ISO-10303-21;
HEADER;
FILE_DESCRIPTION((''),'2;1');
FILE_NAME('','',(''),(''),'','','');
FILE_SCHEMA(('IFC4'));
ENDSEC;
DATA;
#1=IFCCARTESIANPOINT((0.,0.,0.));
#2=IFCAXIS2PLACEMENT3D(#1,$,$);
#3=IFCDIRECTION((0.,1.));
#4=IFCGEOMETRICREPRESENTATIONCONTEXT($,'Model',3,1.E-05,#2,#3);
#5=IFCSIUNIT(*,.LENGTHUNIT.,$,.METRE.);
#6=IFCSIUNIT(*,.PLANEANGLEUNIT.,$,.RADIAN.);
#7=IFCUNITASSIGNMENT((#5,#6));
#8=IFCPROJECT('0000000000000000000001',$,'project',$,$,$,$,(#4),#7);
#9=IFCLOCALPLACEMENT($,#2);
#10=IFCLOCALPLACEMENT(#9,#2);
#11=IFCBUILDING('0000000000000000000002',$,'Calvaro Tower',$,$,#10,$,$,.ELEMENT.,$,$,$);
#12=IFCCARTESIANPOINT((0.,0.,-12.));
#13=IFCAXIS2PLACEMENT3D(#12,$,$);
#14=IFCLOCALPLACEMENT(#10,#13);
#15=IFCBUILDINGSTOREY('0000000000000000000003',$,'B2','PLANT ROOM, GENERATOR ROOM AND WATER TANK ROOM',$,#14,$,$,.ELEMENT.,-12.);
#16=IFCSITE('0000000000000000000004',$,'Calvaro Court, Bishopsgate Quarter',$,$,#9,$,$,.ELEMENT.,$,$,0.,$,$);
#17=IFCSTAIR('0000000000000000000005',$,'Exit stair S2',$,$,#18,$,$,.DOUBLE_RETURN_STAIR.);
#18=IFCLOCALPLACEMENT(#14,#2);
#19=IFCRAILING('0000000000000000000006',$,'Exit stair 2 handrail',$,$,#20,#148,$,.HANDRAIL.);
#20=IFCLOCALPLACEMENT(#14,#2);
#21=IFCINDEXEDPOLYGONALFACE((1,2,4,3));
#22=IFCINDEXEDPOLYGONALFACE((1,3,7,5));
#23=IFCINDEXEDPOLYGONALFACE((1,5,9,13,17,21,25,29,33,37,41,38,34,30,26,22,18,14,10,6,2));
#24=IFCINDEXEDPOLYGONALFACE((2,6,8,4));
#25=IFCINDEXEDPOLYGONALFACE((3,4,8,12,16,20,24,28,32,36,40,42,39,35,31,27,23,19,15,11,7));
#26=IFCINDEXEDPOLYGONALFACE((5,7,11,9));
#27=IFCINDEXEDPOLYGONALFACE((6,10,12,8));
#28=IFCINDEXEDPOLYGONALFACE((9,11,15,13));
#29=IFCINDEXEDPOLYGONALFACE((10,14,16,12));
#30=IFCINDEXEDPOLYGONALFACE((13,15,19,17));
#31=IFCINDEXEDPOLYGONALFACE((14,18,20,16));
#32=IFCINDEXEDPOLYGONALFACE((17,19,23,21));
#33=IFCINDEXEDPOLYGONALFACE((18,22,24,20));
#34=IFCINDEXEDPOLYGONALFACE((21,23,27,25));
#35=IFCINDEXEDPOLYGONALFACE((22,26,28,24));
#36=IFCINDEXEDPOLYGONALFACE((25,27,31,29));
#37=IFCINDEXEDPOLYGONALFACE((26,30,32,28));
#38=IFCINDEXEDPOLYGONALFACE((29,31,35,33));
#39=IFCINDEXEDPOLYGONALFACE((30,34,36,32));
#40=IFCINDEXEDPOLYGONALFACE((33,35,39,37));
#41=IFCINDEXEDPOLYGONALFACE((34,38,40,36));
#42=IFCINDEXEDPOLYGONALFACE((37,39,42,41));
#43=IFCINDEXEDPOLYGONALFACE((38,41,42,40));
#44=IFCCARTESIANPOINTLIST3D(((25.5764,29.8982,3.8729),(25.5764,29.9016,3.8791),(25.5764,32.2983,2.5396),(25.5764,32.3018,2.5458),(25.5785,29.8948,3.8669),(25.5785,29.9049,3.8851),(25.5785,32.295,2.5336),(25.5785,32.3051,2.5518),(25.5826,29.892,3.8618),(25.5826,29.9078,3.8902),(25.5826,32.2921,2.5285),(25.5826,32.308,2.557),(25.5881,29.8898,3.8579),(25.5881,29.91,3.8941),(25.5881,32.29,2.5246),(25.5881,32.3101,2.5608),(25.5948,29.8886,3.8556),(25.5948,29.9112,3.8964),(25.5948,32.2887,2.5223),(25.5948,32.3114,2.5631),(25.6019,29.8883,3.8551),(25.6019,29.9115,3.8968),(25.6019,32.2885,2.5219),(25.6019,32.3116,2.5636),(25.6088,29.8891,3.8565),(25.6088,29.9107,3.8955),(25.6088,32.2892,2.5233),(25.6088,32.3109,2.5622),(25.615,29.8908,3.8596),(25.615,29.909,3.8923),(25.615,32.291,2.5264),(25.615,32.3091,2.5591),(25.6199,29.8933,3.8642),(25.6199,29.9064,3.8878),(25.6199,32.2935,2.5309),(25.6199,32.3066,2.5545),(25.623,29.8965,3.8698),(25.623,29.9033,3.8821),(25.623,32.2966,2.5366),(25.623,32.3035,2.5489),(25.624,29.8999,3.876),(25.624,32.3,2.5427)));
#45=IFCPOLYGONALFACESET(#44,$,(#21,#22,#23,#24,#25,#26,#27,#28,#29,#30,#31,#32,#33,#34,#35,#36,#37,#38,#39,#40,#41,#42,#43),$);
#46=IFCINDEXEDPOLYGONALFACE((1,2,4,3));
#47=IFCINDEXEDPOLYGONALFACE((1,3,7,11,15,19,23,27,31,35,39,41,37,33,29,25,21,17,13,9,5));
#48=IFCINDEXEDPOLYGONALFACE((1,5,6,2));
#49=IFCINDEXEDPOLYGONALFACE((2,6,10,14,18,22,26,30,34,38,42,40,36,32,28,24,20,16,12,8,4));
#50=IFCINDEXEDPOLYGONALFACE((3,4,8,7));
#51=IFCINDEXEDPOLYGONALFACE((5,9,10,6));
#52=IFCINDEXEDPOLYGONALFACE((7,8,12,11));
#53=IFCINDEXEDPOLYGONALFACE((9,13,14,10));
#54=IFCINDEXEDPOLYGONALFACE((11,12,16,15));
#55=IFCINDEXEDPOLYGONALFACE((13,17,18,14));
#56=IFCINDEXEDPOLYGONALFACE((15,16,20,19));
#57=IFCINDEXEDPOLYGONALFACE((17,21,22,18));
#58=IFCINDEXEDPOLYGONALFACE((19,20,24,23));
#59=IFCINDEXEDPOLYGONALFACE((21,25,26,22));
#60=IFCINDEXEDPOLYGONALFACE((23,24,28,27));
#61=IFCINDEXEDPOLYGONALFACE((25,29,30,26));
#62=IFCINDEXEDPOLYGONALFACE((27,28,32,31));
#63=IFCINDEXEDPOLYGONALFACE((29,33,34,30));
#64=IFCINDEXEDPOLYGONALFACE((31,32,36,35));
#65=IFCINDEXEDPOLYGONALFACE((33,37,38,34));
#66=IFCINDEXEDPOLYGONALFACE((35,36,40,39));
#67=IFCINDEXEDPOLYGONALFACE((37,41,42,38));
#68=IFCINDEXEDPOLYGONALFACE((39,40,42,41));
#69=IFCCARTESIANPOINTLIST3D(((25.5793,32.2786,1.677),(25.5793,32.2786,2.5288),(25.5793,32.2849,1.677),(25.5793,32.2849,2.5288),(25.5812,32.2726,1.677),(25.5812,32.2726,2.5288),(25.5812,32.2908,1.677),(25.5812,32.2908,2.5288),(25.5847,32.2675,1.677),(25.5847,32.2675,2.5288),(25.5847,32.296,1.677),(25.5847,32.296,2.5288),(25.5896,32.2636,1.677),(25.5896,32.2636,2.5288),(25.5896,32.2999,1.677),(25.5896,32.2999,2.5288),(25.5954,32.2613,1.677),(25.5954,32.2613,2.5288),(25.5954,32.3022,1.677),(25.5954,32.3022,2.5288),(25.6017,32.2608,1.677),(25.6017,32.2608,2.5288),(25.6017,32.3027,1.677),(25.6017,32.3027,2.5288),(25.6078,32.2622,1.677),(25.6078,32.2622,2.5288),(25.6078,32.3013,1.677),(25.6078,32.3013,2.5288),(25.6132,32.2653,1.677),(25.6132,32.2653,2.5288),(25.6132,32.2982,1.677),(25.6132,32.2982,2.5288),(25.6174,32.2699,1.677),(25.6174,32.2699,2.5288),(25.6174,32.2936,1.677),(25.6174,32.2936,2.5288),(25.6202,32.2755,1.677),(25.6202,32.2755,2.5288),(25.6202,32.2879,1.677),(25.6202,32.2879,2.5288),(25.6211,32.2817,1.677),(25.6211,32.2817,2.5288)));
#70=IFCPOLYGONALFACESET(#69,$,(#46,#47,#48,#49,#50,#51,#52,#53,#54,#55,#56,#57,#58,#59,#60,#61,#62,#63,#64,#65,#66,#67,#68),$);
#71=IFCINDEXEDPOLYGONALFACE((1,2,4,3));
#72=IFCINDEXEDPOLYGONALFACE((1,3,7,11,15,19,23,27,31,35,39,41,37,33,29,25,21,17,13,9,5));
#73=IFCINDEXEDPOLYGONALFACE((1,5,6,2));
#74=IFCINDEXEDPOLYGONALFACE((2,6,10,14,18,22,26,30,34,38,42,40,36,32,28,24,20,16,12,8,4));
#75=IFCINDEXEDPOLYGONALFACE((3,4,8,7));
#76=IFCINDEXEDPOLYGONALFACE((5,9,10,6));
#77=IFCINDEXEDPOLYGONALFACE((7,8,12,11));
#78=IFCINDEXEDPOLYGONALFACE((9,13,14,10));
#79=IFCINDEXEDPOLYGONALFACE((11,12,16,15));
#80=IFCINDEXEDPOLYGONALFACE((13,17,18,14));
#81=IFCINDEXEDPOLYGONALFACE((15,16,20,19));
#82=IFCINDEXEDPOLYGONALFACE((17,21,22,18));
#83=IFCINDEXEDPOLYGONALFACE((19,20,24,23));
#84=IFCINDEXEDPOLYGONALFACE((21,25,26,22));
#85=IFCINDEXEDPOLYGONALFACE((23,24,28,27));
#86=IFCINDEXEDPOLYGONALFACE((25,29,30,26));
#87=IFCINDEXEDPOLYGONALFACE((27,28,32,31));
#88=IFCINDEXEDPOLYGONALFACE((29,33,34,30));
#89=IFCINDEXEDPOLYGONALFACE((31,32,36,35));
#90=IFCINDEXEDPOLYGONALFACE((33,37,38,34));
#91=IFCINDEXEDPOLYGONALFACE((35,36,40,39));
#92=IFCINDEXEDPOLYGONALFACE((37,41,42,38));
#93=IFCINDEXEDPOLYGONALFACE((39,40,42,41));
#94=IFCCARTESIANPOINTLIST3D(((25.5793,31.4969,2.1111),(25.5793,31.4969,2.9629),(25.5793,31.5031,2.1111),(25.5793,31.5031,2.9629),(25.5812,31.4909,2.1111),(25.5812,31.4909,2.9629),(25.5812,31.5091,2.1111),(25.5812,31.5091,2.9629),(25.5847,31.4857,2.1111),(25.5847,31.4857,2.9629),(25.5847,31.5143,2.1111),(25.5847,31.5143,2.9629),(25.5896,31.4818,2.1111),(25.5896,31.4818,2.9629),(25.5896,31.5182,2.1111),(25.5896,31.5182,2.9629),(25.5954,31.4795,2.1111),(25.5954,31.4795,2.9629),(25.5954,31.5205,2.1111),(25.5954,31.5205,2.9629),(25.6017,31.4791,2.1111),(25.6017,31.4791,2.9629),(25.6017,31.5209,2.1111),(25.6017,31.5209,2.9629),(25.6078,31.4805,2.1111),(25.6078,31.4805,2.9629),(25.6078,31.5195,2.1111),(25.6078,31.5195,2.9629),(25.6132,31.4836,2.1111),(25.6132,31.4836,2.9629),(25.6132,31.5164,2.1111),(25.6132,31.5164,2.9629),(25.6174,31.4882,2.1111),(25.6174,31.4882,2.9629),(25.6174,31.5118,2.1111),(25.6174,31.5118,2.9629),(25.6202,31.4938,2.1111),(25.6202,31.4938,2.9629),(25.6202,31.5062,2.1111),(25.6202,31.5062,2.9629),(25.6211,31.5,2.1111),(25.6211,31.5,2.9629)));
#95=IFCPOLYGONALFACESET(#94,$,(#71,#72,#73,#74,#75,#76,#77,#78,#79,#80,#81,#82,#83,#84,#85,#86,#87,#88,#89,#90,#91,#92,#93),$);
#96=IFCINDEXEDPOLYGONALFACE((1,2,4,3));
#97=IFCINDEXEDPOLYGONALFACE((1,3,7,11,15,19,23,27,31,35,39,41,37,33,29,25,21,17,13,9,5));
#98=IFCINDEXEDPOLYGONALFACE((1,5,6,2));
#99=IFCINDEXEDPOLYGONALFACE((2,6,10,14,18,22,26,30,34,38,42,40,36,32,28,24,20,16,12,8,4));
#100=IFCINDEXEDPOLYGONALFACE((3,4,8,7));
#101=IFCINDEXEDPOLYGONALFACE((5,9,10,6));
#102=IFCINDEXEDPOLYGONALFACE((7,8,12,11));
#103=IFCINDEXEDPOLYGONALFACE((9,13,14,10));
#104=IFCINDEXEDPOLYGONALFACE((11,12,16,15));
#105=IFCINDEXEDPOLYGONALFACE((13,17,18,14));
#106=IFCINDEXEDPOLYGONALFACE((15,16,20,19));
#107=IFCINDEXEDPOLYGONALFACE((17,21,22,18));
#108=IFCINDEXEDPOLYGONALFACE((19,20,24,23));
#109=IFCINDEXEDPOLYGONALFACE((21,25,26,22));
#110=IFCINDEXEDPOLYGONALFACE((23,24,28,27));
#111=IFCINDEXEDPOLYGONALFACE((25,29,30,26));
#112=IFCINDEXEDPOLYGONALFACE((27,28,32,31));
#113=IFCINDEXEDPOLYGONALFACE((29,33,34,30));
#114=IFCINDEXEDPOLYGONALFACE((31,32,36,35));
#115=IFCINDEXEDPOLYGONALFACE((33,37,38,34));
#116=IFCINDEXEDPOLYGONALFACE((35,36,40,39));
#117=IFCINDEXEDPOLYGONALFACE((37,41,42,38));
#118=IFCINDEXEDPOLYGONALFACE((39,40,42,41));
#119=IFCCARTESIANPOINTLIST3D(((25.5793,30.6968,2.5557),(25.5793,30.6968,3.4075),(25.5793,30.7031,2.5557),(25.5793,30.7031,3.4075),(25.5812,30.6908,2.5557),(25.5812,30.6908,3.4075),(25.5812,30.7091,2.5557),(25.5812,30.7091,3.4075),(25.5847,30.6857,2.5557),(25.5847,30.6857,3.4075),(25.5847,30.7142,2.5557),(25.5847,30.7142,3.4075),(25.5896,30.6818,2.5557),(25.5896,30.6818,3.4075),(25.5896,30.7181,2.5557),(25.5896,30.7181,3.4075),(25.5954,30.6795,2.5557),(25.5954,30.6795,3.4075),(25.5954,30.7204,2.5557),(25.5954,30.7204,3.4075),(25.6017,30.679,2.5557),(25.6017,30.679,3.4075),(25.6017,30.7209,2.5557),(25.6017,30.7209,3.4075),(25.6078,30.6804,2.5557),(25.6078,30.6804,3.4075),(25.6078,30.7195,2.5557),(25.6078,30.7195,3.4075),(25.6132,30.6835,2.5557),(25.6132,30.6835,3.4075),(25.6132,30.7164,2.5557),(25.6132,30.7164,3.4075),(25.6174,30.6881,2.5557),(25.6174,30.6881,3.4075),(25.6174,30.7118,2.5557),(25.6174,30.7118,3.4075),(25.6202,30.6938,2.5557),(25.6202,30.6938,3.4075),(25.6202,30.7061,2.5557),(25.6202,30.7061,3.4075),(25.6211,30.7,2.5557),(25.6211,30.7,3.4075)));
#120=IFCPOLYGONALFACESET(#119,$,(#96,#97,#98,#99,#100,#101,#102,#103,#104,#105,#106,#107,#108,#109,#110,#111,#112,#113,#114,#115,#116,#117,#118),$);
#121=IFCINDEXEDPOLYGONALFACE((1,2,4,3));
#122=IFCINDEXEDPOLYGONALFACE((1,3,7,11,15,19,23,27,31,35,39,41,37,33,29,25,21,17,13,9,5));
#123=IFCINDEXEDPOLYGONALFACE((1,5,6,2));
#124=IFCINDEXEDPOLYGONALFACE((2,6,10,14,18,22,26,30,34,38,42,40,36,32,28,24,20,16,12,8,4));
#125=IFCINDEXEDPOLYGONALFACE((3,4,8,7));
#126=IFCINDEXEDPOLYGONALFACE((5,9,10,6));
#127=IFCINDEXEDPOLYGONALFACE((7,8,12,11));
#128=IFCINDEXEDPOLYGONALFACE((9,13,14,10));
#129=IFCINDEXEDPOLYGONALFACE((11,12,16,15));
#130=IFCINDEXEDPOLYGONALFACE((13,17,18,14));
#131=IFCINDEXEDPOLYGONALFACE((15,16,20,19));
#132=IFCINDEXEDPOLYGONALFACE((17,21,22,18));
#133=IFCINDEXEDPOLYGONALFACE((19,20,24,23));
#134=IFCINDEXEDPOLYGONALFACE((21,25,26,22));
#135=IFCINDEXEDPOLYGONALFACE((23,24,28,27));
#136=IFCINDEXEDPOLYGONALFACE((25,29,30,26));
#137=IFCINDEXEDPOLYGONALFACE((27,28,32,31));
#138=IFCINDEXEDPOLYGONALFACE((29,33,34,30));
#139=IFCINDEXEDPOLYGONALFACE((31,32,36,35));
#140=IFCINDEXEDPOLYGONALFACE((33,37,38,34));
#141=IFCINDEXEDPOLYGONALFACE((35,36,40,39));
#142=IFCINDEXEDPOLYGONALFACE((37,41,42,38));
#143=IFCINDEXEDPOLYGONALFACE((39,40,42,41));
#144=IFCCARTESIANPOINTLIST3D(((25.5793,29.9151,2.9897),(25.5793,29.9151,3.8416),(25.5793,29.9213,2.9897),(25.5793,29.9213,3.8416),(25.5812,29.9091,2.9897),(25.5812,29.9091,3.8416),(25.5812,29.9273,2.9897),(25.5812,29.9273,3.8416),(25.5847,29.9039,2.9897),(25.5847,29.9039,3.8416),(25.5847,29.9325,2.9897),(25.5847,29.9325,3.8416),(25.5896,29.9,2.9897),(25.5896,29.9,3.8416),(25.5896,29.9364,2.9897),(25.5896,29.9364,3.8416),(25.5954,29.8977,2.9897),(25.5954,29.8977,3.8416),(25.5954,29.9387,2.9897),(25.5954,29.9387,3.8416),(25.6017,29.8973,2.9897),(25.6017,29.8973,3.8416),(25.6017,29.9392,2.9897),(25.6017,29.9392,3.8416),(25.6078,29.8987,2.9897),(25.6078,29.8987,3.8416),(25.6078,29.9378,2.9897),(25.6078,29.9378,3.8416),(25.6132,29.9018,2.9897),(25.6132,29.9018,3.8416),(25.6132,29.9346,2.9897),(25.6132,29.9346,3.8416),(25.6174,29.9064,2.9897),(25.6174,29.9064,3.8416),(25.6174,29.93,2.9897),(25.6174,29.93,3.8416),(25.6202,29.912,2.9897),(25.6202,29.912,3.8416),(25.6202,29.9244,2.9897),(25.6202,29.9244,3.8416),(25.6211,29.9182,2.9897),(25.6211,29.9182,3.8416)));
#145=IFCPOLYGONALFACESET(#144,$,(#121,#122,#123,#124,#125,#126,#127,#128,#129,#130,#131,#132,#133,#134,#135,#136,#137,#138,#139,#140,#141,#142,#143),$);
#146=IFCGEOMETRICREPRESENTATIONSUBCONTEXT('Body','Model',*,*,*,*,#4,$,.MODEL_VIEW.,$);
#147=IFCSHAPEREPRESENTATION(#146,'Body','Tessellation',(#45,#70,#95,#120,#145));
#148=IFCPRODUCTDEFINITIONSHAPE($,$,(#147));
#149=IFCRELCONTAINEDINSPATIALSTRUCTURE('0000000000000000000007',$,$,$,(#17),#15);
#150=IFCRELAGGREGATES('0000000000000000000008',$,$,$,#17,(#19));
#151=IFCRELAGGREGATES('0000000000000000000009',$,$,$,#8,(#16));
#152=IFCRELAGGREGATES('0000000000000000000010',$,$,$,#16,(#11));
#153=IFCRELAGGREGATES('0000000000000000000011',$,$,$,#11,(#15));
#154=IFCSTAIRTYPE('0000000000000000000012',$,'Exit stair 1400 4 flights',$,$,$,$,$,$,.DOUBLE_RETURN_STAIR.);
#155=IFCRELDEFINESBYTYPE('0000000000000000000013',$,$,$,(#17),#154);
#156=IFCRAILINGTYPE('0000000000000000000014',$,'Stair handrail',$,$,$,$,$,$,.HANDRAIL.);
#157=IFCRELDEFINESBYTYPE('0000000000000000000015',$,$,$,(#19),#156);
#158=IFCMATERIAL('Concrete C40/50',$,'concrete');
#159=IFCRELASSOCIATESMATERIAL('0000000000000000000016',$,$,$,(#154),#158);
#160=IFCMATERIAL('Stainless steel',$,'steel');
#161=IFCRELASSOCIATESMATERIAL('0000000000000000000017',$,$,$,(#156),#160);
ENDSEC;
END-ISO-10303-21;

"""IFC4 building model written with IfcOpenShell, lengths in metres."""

from ifc_helpers import new_model, si_unit, direction, frame, origin, origin_2d, place, context, subcontext, project, spatial, circle, extrude, material, type_object, element, aggregate, save


model = new_model("IFC4")

# Units and contexts
model_context = context("Model", 3, precision=1e-05, world=origin(), true_north=direction((0.0, 1.0)))
body_context = subcontext(model_context, "Body", "Model", "MODEL_VIEW")
ifc_project = project(units=[si_unit("LENGTHUNIT", "METRE"), si_unit("PLANEANGLEUNIT", "RADIAN")], contexts=[model_context])

# Site, building, storey
site_placement = place(None, origin())
site = spatial("IfcSite", under=ifc_project, at=site_placement, Name="Calvaro Court, Bishopsgate Quarter", CompositionType="ELEMENT", RefElevation=0.0)
building_placement = place(site_placement, origin())
building = spatial("IfcBuilding", under=site, at=building_placement, Name="Calvaro Tower", CompositionType="ELEMENT")
storey_placement = place(building_placement, frame((0.0, 0.0, -12.0)))
storey = spatial("IfcBuildingStorey", under=building, at=storey_placement, Name="B2", Description="PLANT ROOM, GENERATOR ROOM AND WATER TANK ROOM", CompositionType="ELEMENT", Elevation=-12.0)

# Stair, railing
ifc_material_1 = material(Name="Concrete C40/50", Category="concrete")
stair_type = type_object("IfcStairType", Name="Exit stair 1400 4 flights", PredefinedType="DOUBLE_RETURN_STAIR", material=ifc_material_1)
stair_placement = place(storey_placement, origin())
stair = element("IfcStair", 1, at=stair_placement, inside=storey, type_object=stair_type, Name="Exit stair S2", PredefinedType="DOUBLE_RETURN_STAIR")
ifc_material_2 = material(Name="Stainless steel", Category="steel")
railing_type = type_object("IfcRailingType", Name="Stair handrail", PredefinedType="HANDRAIL", material=ifc_material_2)
railing_1_placement = place(storey_placement, frame((25.6001, 32.3, 1.6667)))
railing_1 = element("IfcRailing", 2, at=railing_1_placement, type_object=railing_type, Name="Exit stair 2 handrail", PredefinedType="HANDRAIL", context=body_context, shape_type="SweptSolid", body=[
    extrude(circle(Radius=0.0239, at=origin_2d()), frame((0.0, 0.0, 0.876), z_axis=(0.0, -0.874182, 0.485598), x_axis=(1.0, 0.0, 0.0)), (0.0, 0.0, 1.0), 2.7456),
    extrude(circle(Radius=0.021, at=origin_2d()), frame((0.0, -0.0183, 0.0103)), (0.0, 0.0, 1.0), 0.8518),
    extrude(circle(Radius=0.021, at=origin_2d()), frame((0.0, -0.8, 0.4443)), (0.0, 0.0, 1.0), 0.8518),
    extrude(circle(Radius=0.021, at=origin_2d()), frame((0.0, -1.6001, 0.8889)), (0.0, 0.0, 1.0), 0.8518),
    extrude(circle(Radius=0.021, at=origin_2d()), frame((0.0, -2.3818, 1.323)), (0.0, 0.0, 1.0), 0.8518),
])
aggregate(stair, [railing_1])

save(model, "model.ifc")
